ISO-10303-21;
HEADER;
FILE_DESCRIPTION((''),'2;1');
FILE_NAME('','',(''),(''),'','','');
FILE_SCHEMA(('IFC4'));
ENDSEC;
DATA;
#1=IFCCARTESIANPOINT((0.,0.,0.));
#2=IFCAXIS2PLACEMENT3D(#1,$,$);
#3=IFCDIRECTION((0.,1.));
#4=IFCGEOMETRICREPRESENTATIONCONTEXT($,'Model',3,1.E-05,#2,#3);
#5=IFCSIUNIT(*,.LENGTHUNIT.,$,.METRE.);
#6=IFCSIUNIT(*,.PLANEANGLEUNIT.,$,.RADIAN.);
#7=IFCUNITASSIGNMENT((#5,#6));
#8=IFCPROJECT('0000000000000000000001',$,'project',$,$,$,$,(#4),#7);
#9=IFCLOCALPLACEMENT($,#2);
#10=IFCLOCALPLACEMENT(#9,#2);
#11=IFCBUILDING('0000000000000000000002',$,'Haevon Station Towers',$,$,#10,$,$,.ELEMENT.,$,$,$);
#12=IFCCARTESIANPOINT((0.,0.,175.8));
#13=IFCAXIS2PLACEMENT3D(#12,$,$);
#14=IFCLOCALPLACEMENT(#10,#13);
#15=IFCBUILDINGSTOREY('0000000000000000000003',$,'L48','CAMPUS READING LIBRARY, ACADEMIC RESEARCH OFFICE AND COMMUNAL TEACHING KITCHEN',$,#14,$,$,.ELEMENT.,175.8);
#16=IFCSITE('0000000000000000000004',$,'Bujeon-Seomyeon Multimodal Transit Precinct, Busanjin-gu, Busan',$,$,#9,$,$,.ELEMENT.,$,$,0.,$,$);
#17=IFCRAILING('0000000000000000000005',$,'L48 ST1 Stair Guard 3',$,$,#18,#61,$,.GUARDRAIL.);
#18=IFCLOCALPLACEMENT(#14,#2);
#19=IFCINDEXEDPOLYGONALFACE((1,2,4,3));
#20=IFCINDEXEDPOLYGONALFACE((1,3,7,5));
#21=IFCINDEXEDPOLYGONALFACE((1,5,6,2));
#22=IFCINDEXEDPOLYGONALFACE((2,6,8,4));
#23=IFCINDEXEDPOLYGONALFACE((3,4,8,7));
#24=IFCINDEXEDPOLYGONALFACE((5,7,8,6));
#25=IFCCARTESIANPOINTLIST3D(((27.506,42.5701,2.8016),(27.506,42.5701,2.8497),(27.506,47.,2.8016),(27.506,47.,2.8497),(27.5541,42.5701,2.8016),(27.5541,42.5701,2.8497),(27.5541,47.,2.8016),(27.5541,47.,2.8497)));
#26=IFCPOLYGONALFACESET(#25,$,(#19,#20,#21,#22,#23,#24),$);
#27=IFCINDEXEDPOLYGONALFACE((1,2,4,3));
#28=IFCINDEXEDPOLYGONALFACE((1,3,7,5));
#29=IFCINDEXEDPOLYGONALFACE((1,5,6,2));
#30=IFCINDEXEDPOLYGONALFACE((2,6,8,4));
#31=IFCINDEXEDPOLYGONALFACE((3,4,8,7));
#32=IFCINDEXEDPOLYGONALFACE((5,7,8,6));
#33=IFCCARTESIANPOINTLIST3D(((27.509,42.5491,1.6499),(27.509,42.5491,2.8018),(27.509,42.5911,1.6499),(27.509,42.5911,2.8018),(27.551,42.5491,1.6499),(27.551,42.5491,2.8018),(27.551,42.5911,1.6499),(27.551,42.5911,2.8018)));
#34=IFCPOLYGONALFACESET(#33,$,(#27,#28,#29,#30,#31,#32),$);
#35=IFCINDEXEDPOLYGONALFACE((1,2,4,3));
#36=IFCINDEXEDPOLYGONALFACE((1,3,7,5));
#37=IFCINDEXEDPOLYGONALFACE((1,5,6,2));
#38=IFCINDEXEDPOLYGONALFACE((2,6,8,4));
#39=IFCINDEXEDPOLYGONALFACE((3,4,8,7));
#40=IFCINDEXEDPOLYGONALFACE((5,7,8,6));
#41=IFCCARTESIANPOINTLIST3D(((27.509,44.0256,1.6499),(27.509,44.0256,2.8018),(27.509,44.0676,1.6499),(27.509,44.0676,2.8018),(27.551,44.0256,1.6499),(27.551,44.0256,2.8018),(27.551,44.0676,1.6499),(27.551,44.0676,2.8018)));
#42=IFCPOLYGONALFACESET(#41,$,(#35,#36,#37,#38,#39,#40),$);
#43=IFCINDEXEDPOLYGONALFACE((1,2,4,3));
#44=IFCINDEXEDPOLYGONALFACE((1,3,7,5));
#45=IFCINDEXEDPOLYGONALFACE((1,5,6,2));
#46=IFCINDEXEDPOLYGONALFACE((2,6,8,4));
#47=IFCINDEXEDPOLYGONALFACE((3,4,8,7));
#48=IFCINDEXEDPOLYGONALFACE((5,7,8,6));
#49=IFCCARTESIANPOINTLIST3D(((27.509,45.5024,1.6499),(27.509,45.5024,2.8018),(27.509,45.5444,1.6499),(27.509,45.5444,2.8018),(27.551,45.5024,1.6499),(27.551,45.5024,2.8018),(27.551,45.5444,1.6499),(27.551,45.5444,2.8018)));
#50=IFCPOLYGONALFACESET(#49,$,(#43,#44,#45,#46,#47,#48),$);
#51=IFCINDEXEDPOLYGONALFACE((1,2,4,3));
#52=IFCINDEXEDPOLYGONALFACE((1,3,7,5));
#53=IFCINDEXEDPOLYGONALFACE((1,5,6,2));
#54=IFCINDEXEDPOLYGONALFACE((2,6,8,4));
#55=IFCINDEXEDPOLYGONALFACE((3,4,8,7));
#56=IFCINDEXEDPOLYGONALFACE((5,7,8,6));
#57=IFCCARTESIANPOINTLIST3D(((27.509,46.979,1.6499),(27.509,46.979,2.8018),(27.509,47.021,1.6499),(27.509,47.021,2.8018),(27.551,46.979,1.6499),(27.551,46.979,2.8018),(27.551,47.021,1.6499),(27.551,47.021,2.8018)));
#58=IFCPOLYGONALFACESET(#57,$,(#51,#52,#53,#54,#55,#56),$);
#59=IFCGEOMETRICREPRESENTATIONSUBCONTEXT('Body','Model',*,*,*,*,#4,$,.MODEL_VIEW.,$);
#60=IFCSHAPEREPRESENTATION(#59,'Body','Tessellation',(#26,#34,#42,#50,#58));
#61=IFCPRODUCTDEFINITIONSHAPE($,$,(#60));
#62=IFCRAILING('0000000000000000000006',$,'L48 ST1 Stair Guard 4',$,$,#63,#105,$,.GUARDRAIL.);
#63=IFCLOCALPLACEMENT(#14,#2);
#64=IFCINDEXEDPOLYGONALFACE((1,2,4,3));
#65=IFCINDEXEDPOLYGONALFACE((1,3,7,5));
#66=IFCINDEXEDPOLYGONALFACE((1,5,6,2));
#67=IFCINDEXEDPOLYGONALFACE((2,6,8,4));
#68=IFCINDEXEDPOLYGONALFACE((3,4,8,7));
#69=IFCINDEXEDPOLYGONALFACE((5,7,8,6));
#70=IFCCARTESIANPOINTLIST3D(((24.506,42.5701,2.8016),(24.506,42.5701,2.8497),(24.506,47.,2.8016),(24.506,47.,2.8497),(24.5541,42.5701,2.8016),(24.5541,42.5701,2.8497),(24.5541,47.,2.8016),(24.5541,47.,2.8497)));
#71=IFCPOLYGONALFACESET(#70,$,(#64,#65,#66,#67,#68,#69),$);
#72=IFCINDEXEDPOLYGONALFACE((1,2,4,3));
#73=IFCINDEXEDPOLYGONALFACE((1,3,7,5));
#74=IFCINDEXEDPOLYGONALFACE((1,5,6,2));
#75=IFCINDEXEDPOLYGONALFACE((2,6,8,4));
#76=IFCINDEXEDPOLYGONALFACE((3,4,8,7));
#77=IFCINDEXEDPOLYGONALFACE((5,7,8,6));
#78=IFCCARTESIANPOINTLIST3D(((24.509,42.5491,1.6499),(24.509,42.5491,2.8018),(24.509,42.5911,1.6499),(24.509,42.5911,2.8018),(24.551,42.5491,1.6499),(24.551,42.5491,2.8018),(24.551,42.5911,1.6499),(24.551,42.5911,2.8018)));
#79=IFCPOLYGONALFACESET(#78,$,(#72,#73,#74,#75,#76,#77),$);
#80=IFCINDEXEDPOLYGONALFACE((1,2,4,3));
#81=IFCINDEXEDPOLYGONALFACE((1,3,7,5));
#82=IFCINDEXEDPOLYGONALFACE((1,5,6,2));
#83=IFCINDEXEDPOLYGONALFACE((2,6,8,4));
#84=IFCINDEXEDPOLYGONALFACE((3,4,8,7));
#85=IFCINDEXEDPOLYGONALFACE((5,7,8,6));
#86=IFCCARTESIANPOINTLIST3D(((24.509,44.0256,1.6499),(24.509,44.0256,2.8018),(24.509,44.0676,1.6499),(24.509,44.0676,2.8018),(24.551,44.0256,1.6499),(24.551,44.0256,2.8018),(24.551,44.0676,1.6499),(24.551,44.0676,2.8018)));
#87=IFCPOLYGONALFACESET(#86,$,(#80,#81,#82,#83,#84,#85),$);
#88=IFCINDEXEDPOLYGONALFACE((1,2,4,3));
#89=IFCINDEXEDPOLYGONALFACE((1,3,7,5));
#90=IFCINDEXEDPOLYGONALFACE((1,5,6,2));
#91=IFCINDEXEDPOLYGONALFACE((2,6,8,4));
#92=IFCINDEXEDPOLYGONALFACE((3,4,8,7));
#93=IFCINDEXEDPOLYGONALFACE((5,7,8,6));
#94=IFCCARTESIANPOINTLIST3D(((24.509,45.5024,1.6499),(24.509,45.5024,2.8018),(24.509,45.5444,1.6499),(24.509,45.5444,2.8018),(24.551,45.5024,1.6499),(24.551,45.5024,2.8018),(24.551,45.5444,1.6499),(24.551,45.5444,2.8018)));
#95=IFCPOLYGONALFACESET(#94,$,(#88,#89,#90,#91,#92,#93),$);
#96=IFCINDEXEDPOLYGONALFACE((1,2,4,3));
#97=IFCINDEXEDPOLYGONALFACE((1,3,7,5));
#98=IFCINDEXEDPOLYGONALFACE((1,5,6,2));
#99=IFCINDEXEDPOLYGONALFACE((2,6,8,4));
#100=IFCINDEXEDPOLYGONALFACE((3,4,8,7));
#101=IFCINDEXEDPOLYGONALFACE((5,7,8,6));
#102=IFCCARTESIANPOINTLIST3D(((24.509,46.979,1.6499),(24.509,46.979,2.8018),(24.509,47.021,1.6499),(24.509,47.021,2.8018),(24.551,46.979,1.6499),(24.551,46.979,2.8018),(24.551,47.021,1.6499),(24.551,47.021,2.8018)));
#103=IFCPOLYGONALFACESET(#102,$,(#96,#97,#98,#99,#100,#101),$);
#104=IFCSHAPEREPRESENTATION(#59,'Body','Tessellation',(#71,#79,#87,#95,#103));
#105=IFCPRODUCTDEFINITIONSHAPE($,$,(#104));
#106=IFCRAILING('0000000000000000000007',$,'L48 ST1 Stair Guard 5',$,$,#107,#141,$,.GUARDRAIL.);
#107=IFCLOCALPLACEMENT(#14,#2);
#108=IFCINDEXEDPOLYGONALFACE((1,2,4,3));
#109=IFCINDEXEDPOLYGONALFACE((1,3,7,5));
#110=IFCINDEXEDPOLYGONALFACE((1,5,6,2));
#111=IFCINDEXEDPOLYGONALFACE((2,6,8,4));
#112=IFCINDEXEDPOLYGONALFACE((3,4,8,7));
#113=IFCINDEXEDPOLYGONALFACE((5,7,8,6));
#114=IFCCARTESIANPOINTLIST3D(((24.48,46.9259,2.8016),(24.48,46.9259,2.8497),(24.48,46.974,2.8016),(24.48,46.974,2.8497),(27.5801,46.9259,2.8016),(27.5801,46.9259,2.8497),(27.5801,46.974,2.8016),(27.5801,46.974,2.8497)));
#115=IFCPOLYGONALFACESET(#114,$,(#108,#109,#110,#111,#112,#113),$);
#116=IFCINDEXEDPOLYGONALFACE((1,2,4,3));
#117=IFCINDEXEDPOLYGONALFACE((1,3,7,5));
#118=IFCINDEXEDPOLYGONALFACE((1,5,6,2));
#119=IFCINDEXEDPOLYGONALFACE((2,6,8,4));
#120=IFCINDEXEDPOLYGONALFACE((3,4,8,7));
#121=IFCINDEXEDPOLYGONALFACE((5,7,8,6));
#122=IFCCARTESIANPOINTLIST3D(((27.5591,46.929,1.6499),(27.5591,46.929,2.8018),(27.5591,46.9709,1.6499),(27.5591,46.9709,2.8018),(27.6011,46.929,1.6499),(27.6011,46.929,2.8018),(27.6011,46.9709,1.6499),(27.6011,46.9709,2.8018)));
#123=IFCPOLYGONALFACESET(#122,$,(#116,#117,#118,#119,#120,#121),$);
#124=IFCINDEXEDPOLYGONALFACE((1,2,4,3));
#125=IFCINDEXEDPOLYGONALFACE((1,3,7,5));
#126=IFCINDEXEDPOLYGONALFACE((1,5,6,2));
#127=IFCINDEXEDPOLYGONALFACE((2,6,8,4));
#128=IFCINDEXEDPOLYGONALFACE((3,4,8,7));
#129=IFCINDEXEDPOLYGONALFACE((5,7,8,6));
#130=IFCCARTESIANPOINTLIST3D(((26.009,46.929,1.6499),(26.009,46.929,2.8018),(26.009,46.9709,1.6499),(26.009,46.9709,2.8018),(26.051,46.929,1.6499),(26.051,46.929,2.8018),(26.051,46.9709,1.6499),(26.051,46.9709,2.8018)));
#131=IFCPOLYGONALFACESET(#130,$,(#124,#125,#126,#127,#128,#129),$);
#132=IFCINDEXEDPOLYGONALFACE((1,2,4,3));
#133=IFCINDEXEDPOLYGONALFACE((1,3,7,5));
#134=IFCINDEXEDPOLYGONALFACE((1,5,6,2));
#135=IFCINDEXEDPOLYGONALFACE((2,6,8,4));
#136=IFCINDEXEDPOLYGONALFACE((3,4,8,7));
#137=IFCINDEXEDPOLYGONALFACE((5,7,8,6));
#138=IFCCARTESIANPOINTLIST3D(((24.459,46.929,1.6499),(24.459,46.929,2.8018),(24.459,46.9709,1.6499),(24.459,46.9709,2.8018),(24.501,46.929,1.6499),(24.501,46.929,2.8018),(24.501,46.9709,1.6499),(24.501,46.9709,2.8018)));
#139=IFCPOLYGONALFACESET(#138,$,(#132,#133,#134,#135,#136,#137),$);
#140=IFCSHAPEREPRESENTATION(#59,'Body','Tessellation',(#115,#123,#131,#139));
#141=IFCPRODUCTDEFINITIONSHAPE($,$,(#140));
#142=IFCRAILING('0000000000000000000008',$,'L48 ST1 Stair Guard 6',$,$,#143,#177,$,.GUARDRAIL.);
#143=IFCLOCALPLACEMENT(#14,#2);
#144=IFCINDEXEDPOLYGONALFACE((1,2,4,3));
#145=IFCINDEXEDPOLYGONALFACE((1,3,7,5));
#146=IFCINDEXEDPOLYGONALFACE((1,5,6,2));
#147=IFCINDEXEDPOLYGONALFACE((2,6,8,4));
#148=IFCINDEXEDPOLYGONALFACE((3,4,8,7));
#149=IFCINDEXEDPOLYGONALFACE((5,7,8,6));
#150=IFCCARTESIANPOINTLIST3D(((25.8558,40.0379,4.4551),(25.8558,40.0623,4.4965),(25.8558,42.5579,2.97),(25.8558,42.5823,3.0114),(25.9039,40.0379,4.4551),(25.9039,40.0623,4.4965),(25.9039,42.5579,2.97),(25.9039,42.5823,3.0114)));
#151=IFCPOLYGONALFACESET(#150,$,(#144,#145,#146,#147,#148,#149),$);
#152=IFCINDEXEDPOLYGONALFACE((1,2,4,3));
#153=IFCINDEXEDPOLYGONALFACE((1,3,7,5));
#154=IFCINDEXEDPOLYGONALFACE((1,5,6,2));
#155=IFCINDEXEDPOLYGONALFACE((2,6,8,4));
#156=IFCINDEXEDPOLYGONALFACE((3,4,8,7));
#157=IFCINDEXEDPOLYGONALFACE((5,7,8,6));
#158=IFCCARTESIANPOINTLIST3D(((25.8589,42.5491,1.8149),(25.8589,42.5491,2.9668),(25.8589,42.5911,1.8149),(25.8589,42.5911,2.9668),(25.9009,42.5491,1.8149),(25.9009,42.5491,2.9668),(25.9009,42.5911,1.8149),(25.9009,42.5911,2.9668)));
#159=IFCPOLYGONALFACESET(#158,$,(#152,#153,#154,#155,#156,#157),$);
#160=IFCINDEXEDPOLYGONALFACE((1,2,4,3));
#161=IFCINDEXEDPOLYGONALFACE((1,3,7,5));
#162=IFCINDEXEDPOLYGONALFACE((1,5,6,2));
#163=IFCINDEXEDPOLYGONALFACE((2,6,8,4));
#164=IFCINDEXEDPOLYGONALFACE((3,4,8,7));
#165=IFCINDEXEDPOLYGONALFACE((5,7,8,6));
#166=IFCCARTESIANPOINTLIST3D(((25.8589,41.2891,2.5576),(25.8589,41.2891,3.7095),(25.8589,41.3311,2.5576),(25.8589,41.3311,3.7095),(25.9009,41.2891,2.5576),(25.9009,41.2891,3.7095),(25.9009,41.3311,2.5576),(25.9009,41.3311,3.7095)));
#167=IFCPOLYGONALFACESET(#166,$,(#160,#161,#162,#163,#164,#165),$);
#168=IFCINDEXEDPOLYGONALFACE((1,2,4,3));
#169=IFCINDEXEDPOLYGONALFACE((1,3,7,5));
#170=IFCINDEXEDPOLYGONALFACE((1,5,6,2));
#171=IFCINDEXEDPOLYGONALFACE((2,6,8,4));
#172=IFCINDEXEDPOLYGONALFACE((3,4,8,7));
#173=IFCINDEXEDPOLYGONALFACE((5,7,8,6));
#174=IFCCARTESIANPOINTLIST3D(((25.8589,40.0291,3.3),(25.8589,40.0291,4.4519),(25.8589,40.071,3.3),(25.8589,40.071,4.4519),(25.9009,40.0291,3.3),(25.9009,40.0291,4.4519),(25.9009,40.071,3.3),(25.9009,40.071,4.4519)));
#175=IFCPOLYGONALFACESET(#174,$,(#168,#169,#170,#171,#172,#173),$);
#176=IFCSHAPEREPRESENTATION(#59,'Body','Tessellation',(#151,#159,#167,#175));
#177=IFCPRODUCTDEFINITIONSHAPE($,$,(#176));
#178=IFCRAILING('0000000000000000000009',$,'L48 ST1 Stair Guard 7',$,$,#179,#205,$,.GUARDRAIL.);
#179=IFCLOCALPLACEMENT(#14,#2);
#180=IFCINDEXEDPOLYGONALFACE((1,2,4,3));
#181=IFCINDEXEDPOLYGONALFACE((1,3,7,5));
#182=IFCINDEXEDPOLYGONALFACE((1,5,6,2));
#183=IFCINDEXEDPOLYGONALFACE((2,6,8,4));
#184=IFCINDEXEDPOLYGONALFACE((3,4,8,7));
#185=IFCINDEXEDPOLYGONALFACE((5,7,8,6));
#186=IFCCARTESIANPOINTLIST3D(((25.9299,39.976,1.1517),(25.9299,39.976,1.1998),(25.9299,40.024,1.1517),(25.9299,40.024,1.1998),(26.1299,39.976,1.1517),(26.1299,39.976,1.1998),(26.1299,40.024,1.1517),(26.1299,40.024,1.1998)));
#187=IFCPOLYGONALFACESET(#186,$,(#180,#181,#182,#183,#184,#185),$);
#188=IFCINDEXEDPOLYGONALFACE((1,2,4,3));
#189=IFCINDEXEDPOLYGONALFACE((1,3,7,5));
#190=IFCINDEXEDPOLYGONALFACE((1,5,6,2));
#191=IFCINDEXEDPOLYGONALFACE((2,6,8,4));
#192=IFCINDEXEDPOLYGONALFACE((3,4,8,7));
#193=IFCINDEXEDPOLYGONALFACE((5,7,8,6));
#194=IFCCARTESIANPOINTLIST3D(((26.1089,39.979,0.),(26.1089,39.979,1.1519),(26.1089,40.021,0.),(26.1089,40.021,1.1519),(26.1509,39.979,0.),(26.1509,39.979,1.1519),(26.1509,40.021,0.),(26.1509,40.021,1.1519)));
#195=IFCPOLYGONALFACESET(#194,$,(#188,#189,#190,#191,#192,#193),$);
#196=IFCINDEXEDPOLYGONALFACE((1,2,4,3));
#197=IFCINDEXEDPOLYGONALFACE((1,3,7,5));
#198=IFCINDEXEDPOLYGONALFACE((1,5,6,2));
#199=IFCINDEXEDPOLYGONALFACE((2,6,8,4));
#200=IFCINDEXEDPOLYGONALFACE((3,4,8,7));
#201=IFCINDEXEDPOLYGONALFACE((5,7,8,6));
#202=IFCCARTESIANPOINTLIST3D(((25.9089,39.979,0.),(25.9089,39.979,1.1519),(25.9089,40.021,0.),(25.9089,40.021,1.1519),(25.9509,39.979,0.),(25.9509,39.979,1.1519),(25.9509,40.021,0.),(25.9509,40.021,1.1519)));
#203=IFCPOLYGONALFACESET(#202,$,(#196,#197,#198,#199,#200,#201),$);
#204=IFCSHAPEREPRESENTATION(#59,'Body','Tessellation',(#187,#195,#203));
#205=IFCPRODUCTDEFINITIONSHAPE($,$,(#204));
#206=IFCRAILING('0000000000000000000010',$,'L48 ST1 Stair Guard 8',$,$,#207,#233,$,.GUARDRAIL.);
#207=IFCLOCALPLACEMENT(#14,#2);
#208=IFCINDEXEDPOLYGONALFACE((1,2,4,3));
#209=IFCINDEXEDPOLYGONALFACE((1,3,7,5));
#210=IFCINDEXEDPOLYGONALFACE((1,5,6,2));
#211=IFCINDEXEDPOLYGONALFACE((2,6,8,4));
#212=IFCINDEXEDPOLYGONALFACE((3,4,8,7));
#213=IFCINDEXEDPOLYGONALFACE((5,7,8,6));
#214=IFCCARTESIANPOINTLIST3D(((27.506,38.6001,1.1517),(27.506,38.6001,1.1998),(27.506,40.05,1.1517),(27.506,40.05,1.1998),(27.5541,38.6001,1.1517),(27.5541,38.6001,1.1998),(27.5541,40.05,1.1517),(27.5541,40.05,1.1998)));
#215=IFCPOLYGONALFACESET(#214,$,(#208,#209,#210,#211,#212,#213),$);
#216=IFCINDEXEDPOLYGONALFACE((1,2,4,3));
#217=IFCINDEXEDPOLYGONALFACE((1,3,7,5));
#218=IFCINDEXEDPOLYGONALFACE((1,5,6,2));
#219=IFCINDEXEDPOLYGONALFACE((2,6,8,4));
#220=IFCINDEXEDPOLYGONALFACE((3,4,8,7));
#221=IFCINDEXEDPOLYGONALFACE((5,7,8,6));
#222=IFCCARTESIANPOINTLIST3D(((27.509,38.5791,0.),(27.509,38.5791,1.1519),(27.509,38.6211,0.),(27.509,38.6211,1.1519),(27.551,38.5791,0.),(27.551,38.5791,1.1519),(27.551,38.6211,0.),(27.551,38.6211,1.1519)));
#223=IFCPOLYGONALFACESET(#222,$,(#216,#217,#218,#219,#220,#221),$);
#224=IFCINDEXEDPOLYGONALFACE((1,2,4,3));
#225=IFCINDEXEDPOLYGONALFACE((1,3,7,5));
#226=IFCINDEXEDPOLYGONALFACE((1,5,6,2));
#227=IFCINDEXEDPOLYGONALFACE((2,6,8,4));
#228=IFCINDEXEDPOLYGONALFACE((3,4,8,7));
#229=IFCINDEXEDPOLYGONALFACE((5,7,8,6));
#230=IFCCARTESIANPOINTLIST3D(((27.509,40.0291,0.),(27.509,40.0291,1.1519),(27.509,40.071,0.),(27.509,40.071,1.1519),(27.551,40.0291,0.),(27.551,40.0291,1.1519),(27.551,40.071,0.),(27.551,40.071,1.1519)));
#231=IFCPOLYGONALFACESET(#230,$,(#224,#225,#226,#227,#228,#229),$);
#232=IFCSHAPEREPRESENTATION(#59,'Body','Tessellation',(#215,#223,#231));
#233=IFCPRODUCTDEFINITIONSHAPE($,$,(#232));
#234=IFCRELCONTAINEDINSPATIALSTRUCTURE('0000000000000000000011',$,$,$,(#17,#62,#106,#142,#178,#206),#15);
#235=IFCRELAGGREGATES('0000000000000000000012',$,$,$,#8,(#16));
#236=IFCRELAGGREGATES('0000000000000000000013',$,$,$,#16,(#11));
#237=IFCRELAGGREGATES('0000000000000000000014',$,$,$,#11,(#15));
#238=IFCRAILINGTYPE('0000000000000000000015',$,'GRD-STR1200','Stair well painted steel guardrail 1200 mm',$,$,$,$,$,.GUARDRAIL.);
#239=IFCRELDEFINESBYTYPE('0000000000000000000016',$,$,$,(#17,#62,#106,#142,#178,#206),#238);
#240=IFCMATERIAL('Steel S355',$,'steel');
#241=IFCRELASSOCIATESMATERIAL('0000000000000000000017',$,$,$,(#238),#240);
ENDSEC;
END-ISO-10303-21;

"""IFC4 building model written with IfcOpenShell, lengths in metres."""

from ifc_helpers import new_model, si_unit, direction, frame, origin, origin_2d, place, context, subcontext, project, spatial, rectangle, extrude, material, type_object, element, save


model = new_model("IFC4")

# Units and contexts
model_context = context("Model", 3, precision=1e-05, world=origin(), true_north=direction((0.0, 1.0)))
body_context = subcontext(model_context, "Body", "Model", "MODEL_VIEW")
ifc_project = project(units=[si_unit("LENGTHUNIT", "METRE"), si_unit("PLANEANGLEUNIT", "RADIAN")], contexts=[model_context])

# Site, building, storey
site_placement = place(None, origin())
site = spatial("IfcSite", under=ifc_project, at=site_placement, Name="Bujeon-Seomyeon Multimodal Transit Precinct, Busanjin-gu, Busan", CompositionType="ELEMENT", RefElevation=0.0)
building_placement = place(site_placement, origin())
building = spatial("IfcBuilding", under=site, at=building_placement, Name="Haevon Station Towers", CompositionType="ELEMENT")
storey_placement = place(building_placement, frame((0.0, 0.0, 175.8)))
storey = spatial("IfcBuildingStorey", under=building, at=storey_placement, Name="L48", Description="CAMPUS READING LIBRARY, ACADEMIC RESEARCH OFFICE AND COMMUNAL TEACHING KITCHEN", CompositionType="ELEMENT", Elevation=175.8)

# Shared definitions
ifc_material_1 = material(Name="Steel S355", Category="steel")

# Railings
railing_type_1 = type_object("IfcRailingType", Name="GRD-STR1200", Description="Stair well painted steel guardrail 1200 mm", PredefinedType="GUARDRAIL", material=ifc_material_1)
for number, where, name in (
    (1, (27.53, 42.5701, 1.6499), "L48 ST1 Stair Guard 3"),
    (2, (24.53, 42.5701, 1.6499), "L48 ST1 Stair Guard 4"),
):
    element("IfcRailing", number, at=place(storey_placement, frame(where)), inside=storey, type_object=railing_type_1, Name=name, PredefinedType="GUARDRAIL", context=body_context, shape_type="SweptSolid", body=[
        extrude(rectangle(XDim=0.0481, YDim=0.0481, at=origin_2d()), frame((0.0, 0.0, 1.1758), z_axis=(0.0, 1.0, 0.0), x_axis=(-1.0, 0.0, 0.0)), (0.0, 0.0, 1.0), 4.4299),
        extrude(rectangle(XDim=0.042, YDim=0.042, at=origin_2d()), origin(), (0.0, 0.0, 1.0), 1.1519),
        extrude(rectangle(XDim=0.042, YDim=0.042, at=origin_2d()), frame((0.0, 1.4766, 0.0)), (0.0, 0.0, 1.0), 1.1519),
        extrude(rectangle(XDim=0.042, YDim=0.042, at=origin_2d()), frame((0.0, 2.9534, 0.0)), (0.0, 0.0, 1.0), 1.1519),
        extrude(rectangle(XDim=0.042, YDim=0.042, at=origin_2d()), frame((0.0, 4.4299, 0.0)), (0.0, 0.0, 1.0), 1.1519),
    ])
railing_1_placement = place(storey_placement, frame((27.5801, 46.95, 1.6499)))
element("IfcRailing", 3, at=railing_1_placement, inside=storey, type_object=railing_type_1, Name="L48 ST1 Stair Guard 5", PredefinedType="GUARDRAIL", context=body_context, shape_type="SweptSolid", body=[
    extrude(rectangle(XDim=0.0481, YDim=0.0481, at=origin_2d()), frame((0.0, 0.0, 1.1758), z_axis=(-1.0, 0.0, 0.0), x_axis=(0.0, -1.0, 0.0)), (0.0, 0.0, 1.0), 3.1001),
    extrude(rectangle(XDim=0.042, YDim=0.042, at=origin_2d()), origin(), (0.0, 0.0, 1.0), 1.1519),
    extrude(rectangle(XDim=0.042, YDim=0.042, at=origin_2d()), frame((-1.55, 0.0, 0.0)), (0.0, 0.0, 1.0), 1.1519),
    extrude(rectangle(XDim=0.042, YDim=0.042, at=origin_2d()), frame((-3.1001, 0.0, 0.0)), (0.0, 0.0, 1.0), 1.1519),
])
railing_2_placement = place(storey_placement, frame((25.8799, 42.5701, 1.8149)))
element("IfcRailing", 4, at=railing_2_placement, inside=storey, type_object=railing_type_1, Name="L48 ST1 Stair Guard 6", PredefinedType="GUARDRAIL", context=body_context, shape_type="SweptSolid", body=[
    extrude(rectangle(XDim=0.0481, YDim=0.0481, at=origin_2d()), frame((0.0, 0.0, 1.1758), z_axis=(0.0, -0.861524, 0.507717), x_axis=(1.0, 0.0, 0.0)), (0.0, 0.0, 1.0), 2.925),
    extrude(rectangle(XDim=0.042, YDim=0.042, at=origin_2d()), origin(), (0.0, 0.0, 1.0), 1.1519),
    extrude(rectangle(XDim=0.042, YDim=0.042, at=origin_2d()), frame((0.0, -1.26, 0.7427)), (0.0, 0.0, 1.0), 1.1519),
    extrude(rectangle(XDim=0.042, YDim=0.042, at=origin_2d()), frame((0.0, -2.52, 1.4851)), (0.0, 0.0, 1.0), 1.1519),
])
railing_3_placement = place(storey_placement, frame((26.1299, 40.0, 0.0)))
element("IfcRailing", 5, at=railing_3_placement, inside=storey, type_object=railing_type_1, Name="L48 ST1 Stair Guard 7", PredefinedType="GUARDRAIL", context=body_context, shape_type="SweptSolid", body=[
    extrude(rectangle(XDim=0.0481, YDim=0.0481, at=origin_2d()), frame((0.0, 0.0, 1.1758), z_axis=(-1.0, 0.0, 0.0), x_axis=(0.0, -1.0, 0.0)), (0.0, 0.0, 1.0), 0.2),
    extrude(rectangle(XDim=0.042, YDim=0.042, at=origin_2d()), origin(), (0.0, 0.0, 1.0), 1.1519),
    extrude(rectangle(XDim=0.042, YDim=0.042, at=origin_2d()), frame((-0.2, 0.0, 0.0)), (0.0, 0.0, 1.0), 1.1519),
])
for number, where, name in (
    (6, (27.53, 38.6001, 0.0), "L48 ST1 Stair Guard 8"),
):
    element("IfcRailing", number, at=place(storey_placement, frame(where)), inside=storey, type_object=railing_type_1, Name=name, PredefinedType="GUARDRAIL", context=body_context, shape_type="SweptSolid", body=[
        extrude(rectangle(XDim=0.0481, YDim=0.0481, at=origin_2d()), frame((0.0, 0.0, 1.1758), z_axis=(0.0, 1.0, 0.0), x_axis=(-1.0, 0.0, 0.0)), (0.0, 0.0, 1.0), 1.45),
        extrude(rectangle(XDim=0.042, YDim=0.042, at=origin_2d()), origin(), (0.0, 0.0, 1.0), 1.1519),
        extrude(rectangle(XDim=0.042, YDim=0.042, at=origin_2d()), frame((0.0, 1.45, 0.0)), (0.0, 0.0, 1.0), 1.1519),
    ])

save(model, "model.ifc")
